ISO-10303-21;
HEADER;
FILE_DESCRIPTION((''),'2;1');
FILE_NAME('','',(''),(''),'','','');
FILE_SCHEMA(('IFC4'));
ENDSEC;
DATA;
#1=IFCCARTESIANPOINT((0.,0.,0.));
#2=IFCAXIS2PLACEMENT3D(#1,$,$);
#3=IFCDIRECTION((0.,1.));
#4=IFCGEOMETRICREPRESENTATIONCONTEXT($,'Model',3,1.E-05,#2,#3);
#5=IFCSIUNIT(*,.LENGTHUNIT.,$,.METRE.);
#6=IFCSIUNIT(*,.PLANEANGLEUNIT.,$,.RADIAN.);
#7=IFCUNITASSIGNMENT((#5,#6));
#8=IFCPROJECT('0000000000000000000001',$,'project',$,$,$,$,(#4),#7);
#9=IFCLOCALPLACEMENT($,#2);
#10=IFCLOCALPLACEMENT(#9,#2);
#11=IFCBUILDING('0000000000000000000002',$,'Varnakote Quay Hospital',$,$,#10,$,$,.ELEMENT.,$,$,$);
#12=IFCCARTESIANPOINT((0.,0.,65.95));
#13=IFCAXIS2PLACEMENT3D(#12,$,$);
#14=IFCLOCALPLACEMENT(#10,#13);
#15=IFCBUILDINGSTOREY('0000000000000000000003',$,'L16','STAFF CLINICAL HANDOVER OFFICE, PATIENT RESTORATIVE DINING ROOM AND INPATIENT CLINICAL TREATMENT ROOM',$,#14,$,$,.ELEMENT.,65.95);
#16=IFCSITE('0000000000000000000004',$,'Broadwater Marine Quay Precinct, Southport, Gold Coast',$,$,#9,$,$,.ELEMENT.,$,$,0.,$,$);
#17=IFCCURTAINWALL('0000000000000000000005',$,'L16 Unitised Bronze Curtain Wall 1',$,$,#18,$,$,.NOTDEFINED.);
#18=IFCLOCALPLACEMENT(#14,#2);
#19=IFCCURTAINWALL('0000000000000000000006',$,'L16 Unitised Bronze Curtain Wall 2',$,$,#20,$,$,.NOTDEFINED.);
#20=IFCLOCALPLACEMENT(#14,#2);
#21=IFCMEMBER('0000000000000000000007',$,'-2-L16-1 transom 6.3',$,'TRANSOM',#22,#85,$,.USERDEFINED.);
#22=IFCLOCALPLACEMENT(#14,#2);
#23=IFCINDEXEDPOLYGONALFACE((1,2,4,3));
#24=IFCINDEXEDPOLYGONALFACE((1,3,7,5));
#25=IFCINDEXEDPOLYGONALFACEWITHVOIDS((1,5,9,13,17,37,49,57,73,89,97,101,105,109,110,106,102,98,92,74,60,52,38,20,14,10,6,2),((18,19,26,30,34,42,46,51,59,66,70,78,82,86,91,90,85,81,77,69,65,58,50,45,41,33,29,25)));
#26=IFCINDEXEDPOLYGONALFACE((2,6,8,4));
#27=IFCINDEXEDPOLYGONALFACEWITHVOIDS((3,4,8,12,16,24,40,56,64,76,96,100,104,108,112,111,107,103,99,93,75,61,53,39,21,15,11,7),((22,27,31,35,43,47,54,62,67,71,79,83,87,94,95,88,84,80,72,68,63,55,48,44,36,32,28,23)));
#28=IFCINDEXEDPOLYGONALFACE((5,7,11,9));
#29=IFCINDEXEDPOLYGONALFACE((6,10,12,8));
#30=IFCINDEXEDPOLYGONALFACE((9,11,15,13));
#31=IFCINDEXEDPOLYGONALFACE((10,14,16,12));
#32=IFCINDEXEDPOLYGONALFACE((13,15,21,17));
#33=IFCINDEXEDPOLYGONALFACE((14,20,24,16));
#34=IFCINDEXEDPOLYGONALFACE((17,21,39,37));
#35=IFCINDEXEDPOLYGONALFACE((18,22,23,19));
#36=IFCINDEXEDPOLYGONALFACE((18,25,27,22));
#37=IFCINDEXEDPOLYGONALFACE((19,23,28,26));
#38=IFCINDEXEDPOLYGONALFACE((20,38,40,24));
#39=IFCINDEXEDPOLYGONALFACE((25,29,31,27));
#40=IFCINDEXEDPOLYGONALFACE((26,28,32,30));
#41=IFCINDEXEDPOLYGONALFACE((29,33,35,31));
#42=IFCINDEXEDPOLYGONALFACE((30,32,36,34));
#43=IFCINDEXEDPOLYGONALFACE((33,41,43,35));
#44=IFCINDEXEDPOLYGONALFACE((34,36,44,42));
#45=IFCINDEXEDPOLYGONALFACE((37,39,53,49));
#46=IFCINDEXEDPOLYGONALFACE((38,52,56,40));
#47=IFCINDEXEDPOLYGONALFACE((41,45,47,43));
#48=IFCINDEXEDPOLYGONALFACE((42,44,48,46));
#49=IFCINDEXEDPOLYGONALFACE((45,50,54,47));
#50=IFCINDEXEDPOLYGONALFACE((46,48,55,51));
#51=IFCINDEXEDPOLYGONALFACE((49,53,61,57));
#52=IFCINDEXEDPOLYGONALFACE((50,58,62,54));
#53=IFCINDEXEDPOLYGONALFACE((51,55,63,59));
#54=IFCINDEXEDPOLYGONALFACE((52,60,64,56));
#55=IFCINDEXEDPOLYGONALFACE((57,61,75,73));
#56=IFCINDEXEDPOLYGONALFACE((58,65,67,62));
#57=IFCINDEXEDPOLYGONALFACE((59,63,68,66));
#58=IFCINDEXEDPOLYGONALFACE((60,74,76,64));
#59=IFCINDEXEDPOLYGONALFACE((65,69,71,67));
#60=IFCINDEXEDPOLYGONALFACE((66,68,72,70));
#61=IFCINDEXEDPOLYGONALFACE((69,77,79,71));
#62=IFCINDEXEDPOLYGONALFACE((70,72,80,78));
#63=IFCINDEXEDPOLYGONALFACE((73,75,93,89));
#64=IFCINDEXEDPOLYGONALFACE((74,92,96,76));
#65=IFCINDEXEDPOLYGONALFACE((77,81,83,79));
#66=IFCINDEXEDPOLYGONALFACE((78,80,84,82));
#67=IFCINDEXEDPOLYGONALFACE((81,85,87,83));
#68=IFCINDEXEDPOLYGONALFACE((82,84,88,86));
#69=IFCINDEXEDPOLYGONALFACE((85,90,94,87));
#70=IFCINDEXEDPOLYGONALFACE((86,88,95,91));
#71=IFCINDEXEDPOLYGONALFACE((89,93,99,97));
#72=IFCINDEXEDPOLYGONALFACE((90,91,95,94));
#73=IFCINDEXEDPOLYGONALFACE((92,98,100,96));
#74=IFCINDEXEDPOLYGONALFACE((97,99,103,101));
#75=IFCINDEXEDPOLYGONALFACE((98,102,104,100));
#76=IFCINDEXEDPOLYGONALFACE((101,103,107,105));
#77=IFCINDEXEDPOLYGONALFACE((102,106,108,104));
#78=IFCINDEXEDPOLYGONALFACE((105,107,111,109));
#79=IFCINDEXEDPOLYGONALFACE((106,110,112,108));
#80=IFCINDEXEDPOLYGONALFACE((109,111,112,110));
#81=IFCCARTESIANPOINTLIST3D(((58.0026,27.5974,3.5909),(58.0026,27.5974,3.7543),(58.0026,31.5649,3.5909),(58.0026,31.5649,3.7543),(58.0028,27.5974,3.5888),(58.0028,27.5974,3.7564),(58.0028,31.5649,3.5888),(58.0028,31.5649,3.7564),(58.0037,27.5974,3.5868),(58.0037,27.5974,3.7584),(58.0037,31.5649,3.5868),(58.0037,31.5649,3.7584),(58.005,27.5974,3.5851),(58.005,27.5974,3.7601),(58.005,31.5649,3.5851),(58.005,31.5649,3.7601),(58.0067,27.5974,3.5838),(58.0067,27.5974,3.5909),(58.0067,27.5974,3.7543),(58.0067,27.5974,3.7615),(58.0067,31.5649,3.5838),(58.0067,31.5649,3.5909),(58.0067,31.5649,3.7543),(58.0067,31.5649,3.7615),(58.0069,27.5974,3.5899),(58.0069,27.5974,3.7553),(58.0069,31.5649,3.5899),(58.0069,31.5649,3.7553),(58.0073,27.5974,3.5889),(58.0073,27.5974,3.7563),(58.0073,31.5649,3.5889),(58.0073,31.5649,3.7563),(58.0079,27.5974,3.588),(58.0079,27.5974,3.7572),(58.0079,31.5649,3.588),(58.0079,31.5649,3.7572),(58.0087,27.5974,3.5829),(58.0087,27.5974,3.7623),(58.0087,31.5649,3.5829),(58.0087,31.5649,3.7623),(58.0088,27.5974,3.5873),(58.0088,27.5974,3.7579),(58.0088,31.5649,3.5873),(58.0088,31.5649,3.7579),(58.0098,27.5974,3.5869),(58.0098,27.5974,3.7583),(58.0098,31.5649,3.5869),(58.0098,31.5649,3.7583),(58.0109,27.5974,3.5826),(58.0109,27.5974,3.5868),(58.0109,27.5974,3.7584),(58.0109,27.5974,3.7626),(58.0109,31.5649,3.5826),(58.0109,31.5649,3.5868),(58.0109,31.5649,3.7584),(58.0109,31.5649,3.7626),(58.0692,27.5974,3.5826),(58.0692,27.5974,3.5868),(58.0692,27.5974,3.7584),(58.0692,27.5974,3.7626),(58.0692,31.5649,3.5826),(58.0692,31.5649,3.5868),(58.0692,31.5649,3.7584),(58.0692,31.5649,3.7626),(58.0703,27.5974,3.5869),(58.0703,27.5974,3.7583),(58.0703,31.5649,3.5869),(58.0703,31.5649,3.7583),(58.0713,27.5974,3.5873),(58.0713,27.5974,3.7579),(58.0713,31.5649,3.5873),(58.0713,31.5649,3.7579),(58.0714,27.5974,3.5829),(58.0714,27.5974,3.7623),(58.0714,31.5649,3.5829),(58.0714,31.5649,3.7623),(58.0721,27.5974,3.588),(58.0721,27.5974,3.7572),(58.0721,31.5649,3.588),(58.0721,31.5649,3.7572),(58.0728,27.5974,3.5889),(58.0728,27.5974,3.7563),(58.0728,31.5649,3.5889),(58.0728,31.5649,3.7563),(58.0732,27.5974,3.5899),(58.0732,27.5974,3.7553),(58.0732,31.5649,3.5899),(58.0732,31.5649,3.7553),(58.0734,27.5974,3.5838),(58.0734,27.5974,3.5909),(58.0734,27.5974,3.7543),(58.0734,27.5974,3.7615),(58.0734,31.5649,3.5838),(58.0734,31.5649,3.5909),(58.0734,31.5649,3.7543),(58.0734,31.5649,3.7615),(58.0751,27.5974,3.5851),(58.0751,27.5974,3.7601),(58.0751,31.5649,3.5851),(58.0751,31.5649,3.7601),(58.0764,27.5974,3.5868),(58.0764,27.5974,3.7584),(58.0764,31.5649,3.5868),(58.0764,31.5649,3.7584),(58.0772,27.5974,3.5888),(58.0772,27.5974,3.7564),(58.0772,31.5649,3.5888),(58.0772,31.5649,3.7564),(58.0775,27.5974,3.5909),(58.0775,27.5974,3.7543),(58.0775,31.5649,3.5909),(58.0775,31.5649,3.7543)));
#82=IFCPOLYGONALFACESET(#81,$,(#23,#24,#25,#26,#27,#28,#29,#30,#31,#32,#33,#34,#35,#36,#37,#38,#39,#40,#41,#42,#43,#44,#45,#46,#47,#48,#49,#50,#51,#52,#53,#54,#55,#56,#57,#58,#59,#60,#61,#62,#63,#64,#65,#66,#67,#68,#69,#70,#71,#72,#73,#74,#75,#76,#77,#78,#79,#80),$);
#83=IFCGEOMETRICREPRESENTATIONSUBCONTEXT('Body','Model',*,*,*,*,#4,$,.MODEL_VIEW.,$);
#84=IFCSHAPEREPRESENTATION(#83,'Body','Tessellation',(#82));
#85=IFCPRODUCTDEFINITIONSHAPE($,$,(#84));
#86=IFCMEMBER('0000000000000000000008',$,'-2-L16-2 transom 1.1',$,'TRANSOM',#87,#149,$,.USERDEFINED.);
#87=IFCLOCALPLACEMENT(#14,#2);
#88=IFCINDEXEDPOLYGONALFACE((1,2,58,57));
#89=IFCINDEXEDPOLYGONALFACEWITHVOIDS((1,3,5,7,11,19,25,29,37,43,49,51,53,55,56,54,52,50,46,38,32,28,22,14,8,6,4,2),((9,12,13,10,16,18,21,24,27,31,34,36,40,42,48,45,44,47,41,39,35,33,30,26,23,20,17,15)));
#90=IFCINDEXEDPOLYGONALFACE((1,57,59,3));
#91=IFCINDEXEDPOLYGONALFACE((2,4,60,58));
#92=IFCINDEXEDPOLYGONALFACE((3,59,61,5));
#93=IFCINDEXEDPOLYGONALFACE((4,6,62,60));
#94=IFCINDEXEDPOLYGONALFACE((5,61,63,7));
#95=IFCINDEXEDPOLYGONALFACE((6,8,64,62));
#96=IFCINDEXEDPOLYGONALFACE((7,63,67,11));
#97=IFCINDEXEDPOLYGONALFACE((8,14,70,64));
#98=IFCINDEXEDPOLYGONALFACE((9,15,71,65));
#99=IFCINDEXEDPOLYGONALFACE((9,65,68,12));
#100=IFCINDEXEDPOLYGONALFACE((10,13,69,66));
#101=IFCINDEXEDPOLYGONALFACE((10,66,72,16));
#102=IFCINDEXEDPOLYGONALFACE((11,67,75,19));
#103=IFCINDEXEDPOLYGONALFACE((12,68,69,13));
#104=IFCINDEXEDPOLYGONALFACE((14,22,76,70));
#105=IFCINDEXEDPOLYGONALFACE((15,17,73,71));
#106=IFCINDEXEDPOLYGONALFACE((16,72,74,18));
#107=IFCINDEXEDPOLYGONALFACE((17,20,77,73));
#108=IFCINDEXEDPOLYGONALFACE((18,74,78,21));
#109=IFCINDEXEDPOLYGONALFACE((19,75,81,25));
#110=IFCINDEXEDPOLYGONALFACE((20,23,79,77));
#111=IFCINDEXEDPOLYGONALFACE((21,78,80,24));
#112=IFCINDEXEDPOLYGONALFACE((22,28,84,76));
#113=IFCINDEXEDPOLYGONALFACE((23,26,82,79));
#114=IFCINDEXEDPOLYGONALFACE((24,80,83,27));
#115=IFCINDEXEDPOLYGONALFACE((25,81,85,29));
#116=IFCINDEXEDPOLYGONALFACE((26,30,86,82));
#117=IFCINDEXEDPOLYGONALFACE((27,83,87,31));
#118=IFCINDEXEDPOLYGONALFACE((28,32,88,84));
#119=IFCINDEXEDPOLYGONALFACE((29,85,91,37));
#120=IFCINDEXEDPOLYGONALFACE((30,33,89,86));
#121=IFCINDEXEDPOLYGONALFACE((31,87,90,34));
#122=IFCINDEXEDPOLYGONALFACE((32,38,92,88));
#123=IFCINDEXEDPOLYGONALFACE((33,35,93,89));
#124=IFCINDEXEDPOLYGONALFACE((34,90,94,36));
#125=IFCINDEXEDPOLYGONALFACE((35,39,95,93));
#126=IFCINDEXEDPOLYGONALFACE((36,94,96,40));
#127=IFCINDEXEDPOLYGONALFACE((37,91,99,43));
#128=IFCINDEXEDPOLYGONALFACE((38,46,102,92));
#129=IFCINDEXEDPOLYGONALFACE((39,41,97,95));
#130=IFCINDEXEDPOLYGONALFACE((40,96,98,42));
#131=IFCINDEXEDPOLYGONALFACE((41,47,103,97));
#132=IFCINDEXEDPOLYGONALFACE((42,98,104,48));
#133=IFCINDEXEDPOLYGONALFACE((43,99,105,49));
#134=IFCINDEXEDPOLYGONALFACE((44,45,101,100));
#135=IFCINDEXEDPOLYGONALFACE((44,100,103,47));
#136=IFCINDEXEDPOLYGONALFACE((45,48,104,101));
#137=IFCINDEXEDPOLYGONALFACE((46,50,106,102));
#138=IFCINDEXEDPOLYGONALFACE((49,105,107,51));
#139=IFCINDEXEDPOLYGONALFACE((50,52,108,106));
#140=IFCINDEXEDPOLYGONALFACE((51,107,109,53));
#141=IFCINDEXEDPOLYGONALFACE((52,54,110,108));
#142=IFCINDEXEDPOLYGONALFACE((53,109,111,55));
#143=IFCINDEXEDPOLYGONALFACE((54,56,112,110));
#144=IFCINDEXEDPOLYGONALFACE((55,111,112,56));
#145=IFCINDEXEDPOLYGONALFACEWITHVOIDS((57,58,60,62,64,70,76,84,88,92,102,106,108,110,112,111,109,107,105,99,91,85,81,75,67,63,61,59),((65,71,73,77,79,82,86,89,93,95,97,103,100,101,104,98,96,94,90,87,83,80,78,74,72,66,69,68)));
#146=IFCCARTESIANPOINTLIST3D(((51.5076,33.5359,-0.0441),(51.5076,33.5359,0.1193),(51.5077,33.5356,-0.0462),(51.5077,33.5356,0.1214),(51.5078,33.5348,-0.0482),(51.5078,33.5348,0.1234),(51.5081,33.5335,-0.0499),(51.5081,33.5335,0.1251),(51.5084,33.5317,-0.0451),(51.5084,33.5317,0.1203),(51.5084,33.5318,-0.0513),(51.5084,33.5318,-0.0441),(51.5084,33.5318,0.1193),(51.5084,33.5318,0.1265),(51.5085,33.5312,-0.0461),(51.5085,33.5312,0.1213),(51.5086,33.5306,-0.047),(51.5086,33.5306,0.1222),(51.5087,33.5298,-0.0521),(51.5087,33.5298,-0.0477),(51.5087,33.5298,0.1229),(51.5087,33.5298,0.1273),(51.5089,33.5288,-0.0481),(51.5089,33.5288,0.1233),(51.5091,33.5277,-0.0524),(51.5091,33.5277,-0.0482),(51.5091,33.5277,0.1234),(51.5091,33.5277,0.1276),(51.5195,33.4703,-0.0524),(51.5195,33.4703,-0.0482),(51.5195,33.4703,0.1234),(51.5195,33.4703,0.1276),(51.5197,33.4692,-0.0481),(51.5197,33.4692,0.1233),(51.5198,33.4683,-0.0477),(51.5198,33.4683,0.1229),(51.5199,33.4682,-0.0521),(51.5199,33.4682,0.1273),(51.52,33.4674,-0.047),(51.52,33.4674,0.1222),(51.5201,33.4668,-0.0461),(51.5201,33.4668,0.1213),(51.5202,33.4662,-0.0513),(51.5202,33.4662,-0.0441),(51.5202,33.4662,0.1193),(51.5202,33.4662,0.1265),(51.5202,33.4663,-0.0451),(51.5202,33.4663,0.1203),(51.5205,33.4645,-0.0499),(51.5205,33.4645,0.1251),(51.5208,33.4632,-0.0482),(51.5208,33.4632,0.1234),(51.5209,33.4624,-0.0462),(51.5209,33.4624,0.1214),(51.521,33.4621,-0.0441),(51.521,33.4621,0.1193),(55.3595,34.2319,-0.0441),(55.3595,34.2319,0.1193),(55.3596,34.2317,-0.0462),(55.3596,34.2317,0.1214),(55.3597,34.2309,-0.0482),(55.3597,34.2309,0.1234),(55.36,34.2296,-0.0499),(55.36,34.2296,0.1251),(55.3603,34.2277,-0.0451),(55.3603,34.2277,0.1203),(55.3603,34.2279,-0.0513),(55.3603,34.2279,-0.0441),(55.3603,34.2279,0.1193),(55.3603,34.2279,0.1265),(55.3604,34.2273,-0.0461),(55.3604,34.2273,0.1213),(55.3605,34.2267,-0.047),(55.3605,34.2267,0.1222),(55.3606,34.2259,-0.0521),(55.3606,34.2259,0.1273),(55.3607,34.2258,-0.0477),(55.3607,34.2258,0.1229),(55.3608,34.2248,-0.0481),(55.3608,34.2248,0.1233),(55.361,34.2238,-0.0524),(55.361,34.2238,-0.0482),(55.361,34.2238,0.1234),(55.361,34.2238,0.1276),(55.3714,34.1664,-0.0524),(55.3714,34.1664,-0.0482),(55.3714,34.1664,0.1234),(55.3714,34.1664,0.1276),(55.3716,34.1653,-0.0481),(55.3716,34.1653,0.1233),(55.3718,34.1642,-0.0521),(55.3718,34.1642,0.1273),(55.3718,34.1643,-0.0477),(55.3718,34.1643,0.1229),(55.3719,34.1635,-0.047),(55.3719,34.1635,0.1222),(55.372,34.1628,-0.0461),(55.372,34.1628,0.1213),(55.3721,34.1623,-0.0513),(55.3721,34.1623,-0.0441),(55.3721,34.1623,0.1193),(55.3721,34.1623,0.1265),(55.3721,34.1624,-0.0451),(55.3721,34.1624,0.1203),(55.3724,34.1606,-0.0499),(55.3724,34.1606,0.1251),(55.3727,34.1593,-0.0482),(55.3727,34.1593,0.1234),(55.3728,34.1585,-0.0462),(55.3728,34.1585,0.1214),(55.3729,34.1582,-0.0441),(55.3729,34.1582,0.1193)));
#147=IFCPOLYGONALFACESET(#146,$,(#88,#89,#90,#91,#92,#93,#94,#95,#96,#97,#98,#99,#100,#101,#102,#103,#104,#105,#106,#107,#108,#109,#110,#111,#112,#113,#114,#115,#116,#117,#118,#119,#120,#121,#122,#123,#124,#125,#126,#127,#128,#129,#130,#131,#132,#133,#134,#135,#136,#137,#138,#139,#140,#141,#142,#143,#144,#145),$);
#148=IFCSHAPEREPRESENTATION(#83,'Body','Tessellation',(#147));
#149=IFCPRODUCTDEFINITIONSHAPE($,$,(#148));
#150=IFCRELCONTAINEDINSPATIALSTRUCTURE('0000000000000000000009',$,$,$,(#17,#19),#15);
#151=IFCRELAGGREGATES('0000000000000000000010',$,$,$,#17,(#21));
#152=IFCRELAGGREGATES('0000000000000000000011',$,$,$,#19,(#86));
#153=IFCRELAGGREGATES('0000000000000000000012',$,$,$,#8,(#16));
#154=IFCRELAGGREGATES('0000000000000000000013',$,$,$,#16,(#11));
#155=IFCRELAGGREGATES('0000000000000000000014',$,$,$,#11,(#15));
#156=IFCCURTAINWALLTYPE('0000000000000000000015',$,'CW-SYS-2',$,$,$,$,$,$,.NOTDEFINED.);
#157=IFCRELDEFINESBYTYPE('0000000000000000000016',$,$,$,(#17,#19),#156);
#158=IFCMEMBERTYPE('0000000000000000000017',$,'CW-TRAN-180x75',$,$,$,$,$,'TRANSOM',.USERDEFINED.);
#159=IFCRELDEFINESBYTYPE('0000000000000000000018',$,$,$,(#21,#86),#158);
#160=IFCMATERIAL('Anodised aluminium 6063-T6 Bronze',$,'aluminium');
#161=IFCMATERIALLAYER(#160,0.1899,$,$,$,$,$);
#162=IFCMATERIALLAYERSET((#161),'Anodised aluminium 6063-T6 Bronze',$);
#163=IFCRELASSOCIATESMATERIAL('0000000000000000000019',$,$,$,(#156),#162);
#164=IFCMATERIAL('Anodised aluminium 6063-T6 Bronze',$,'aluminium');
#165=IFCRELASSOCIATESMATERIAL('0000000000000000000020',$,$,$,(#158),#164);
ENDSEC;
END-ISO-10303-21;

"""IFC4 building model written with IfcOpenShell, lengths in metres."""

from ifc_helpers import new_model, si_unit, direction, frame, origin, origin_2d, place, context, subcontext, project, spatial, hollow_rectangle, extrude, material, layer, layer_set, material_profile, profile_set, type_object, element, aggregate, save


model = new_model("IFC4")

# Units and contexts
model_context = context("Model", 3, precision=1e-05, world=origin(), true_north=direction((0.0, 1.0)))
body_context = subcontext(model_context, "Body", "Model", "MODEL_VIEW")
ifc_project = project(units=[si_unit("LENGTHUNIT", "METRE"), si_unit("PLANEANGLEUNIT", "RADIAN")], contexts=[model_context])

# Site, building, storey
site_placement = place(None, origin())
site = spatial("IfcSite", under=ifc_project, at=site_placement, Name="Broadwater Marine Quay Precinct, Southport, Gold Coast", CompositionType="ELEMENT", RefElevation=0.0)
building_placement = place(site_placement, origin())
building = spatial("IfcBuilding", under=site, at=building_placement, Name="Varnakote Quay Hospital", CompositionType="ELEMENT")
storey_placement = place(building_placement, frame((0.0, 0.0, 65.95)))
storey = spatial("IfcBuildingStorey", under=building, at=storey_placement, Name="L16", Description="STAFF CLINICAL HANDOVER OFFICE, PATIENT RESTORATIVE DINING ROOM AND INPATIENT CLINICAL TREATMENT ROOM", CompositionType="ELEMENT", Elevation=65.95)

# Curtain wall
ifc_material_1 = material(Name="Anodised aluminium 6063-T6 Bronze", Category="aluminium")
ifc_layer_1 = layer(ifc_material_1, 0.1899)
ifc_layer_set_1 = layer_set([ifc_layer_1], Name="Anodised aluminium 6063-T6 Bronze")
curtain_wall_type = type_object("IfcCurtainWallType", Name="CW-SYS-2", PredefinedType="NOTDEFINED", material=ifc_layer_set_1)
curtain_wall_1_placement = place(storey_placement, origin())
curtain_wall_1 = element("IfcCurtainWall", 1, at=curtain_wall_1_placement, inside=storey, type_object=curtain_wall_type, Name="L16 Unitised Bronze Curtain Wall 1", PredefinedType="NOTDEFINED")

# Curtain wall
curtain_wall_2_placement = place(storey_placement, origin())
curtain_wall_2 = element("IfcCurtainWall", 2, at=curtain_wall_2_placement, inside=storey, type_object=curtain_wall_type, Name="L16 Unitised Bronze Curtain Wall 2", PredefinedType="NOTDEFINED")

# Members
ifc_material_2 = material(Name="Anodised aluminium 6063-T6 Bronze", Category="aluminium")
ifc_material_profile_1 = material_profile(ifc_material_2, hollow_rectangle(XDim=0.075, YDim=0.1799, WallThickness=0.0042, InnerFilletRadius=0.0042, OuterFilletRadius=0.0083, at=origin_2d()), Name="CW-TRAN-180x75")
ifc_profile_set_1 = profile_set([ifc_material_profile_1], Name="Anodised aluminium 6063-T6 Bronze")
member_type_1 = type_object("IfcMemberType", Name="CW-TRAN-180x75", ElementType="TRANSOM", PredefinedType="USERDEFINED", material=ifc_profile_set_1)
member_1_placement = place(storey_placement, frame((58.04, 27.5974, 3.6726), z_axis=(0.0, 1.0, 0.0), x_axis=(-1.0, 0.0, 0.0)))
member_1 = element("IfcMember", 3, at=member_1_placement, type_object=member_type_1, Name="-2-L16-1 transom 6.3", ObjectType="TRANSOM", PredefinedType="USERDEFINED", context=body_context, shape_type="SweptSolid", body=[
    extrude(hollow_rectangle(XDim=0.075, YDim=0.1799, WallThickness=0.0042, InnerFilletRadius=0.0042, OuterFilletRadius=0.0083, at=origin_2d()), origin(), (0.0, 0.0, 1.0), 3.9675),
])
member_2_placement = place(storey_placement, frame((55.3662, 34.1951, 0.0376), z_axis=(-0.984062, -0.177826, 0.0), x_axis=(0.177826, -0.984062, 0.0)))
member_2 = element("IfcMember", 4, at=member_2_placement, type_object=member_type_1, Name="-2-L16-2 transom 1.1", ObjectType="TRANSOM", PredefinedType="USERDEFINED", context=body_context, shape_type="SweptSolid", body=[
    extrude(hollow_rectangle(XDim=0.075, YDim=0.1799, WallThickness=0.0042, InnerFilletRadius=0.0042, OuterFilletRadius=0.0083, at=origin_2d()), origin(), (0.0, 0.0, 1.0), 3.9143),
])

aggregate(curtain_wall_1, [member_1])
aggregate(curtain_wall_2, [member_2])

save(model, "model.ifc")
